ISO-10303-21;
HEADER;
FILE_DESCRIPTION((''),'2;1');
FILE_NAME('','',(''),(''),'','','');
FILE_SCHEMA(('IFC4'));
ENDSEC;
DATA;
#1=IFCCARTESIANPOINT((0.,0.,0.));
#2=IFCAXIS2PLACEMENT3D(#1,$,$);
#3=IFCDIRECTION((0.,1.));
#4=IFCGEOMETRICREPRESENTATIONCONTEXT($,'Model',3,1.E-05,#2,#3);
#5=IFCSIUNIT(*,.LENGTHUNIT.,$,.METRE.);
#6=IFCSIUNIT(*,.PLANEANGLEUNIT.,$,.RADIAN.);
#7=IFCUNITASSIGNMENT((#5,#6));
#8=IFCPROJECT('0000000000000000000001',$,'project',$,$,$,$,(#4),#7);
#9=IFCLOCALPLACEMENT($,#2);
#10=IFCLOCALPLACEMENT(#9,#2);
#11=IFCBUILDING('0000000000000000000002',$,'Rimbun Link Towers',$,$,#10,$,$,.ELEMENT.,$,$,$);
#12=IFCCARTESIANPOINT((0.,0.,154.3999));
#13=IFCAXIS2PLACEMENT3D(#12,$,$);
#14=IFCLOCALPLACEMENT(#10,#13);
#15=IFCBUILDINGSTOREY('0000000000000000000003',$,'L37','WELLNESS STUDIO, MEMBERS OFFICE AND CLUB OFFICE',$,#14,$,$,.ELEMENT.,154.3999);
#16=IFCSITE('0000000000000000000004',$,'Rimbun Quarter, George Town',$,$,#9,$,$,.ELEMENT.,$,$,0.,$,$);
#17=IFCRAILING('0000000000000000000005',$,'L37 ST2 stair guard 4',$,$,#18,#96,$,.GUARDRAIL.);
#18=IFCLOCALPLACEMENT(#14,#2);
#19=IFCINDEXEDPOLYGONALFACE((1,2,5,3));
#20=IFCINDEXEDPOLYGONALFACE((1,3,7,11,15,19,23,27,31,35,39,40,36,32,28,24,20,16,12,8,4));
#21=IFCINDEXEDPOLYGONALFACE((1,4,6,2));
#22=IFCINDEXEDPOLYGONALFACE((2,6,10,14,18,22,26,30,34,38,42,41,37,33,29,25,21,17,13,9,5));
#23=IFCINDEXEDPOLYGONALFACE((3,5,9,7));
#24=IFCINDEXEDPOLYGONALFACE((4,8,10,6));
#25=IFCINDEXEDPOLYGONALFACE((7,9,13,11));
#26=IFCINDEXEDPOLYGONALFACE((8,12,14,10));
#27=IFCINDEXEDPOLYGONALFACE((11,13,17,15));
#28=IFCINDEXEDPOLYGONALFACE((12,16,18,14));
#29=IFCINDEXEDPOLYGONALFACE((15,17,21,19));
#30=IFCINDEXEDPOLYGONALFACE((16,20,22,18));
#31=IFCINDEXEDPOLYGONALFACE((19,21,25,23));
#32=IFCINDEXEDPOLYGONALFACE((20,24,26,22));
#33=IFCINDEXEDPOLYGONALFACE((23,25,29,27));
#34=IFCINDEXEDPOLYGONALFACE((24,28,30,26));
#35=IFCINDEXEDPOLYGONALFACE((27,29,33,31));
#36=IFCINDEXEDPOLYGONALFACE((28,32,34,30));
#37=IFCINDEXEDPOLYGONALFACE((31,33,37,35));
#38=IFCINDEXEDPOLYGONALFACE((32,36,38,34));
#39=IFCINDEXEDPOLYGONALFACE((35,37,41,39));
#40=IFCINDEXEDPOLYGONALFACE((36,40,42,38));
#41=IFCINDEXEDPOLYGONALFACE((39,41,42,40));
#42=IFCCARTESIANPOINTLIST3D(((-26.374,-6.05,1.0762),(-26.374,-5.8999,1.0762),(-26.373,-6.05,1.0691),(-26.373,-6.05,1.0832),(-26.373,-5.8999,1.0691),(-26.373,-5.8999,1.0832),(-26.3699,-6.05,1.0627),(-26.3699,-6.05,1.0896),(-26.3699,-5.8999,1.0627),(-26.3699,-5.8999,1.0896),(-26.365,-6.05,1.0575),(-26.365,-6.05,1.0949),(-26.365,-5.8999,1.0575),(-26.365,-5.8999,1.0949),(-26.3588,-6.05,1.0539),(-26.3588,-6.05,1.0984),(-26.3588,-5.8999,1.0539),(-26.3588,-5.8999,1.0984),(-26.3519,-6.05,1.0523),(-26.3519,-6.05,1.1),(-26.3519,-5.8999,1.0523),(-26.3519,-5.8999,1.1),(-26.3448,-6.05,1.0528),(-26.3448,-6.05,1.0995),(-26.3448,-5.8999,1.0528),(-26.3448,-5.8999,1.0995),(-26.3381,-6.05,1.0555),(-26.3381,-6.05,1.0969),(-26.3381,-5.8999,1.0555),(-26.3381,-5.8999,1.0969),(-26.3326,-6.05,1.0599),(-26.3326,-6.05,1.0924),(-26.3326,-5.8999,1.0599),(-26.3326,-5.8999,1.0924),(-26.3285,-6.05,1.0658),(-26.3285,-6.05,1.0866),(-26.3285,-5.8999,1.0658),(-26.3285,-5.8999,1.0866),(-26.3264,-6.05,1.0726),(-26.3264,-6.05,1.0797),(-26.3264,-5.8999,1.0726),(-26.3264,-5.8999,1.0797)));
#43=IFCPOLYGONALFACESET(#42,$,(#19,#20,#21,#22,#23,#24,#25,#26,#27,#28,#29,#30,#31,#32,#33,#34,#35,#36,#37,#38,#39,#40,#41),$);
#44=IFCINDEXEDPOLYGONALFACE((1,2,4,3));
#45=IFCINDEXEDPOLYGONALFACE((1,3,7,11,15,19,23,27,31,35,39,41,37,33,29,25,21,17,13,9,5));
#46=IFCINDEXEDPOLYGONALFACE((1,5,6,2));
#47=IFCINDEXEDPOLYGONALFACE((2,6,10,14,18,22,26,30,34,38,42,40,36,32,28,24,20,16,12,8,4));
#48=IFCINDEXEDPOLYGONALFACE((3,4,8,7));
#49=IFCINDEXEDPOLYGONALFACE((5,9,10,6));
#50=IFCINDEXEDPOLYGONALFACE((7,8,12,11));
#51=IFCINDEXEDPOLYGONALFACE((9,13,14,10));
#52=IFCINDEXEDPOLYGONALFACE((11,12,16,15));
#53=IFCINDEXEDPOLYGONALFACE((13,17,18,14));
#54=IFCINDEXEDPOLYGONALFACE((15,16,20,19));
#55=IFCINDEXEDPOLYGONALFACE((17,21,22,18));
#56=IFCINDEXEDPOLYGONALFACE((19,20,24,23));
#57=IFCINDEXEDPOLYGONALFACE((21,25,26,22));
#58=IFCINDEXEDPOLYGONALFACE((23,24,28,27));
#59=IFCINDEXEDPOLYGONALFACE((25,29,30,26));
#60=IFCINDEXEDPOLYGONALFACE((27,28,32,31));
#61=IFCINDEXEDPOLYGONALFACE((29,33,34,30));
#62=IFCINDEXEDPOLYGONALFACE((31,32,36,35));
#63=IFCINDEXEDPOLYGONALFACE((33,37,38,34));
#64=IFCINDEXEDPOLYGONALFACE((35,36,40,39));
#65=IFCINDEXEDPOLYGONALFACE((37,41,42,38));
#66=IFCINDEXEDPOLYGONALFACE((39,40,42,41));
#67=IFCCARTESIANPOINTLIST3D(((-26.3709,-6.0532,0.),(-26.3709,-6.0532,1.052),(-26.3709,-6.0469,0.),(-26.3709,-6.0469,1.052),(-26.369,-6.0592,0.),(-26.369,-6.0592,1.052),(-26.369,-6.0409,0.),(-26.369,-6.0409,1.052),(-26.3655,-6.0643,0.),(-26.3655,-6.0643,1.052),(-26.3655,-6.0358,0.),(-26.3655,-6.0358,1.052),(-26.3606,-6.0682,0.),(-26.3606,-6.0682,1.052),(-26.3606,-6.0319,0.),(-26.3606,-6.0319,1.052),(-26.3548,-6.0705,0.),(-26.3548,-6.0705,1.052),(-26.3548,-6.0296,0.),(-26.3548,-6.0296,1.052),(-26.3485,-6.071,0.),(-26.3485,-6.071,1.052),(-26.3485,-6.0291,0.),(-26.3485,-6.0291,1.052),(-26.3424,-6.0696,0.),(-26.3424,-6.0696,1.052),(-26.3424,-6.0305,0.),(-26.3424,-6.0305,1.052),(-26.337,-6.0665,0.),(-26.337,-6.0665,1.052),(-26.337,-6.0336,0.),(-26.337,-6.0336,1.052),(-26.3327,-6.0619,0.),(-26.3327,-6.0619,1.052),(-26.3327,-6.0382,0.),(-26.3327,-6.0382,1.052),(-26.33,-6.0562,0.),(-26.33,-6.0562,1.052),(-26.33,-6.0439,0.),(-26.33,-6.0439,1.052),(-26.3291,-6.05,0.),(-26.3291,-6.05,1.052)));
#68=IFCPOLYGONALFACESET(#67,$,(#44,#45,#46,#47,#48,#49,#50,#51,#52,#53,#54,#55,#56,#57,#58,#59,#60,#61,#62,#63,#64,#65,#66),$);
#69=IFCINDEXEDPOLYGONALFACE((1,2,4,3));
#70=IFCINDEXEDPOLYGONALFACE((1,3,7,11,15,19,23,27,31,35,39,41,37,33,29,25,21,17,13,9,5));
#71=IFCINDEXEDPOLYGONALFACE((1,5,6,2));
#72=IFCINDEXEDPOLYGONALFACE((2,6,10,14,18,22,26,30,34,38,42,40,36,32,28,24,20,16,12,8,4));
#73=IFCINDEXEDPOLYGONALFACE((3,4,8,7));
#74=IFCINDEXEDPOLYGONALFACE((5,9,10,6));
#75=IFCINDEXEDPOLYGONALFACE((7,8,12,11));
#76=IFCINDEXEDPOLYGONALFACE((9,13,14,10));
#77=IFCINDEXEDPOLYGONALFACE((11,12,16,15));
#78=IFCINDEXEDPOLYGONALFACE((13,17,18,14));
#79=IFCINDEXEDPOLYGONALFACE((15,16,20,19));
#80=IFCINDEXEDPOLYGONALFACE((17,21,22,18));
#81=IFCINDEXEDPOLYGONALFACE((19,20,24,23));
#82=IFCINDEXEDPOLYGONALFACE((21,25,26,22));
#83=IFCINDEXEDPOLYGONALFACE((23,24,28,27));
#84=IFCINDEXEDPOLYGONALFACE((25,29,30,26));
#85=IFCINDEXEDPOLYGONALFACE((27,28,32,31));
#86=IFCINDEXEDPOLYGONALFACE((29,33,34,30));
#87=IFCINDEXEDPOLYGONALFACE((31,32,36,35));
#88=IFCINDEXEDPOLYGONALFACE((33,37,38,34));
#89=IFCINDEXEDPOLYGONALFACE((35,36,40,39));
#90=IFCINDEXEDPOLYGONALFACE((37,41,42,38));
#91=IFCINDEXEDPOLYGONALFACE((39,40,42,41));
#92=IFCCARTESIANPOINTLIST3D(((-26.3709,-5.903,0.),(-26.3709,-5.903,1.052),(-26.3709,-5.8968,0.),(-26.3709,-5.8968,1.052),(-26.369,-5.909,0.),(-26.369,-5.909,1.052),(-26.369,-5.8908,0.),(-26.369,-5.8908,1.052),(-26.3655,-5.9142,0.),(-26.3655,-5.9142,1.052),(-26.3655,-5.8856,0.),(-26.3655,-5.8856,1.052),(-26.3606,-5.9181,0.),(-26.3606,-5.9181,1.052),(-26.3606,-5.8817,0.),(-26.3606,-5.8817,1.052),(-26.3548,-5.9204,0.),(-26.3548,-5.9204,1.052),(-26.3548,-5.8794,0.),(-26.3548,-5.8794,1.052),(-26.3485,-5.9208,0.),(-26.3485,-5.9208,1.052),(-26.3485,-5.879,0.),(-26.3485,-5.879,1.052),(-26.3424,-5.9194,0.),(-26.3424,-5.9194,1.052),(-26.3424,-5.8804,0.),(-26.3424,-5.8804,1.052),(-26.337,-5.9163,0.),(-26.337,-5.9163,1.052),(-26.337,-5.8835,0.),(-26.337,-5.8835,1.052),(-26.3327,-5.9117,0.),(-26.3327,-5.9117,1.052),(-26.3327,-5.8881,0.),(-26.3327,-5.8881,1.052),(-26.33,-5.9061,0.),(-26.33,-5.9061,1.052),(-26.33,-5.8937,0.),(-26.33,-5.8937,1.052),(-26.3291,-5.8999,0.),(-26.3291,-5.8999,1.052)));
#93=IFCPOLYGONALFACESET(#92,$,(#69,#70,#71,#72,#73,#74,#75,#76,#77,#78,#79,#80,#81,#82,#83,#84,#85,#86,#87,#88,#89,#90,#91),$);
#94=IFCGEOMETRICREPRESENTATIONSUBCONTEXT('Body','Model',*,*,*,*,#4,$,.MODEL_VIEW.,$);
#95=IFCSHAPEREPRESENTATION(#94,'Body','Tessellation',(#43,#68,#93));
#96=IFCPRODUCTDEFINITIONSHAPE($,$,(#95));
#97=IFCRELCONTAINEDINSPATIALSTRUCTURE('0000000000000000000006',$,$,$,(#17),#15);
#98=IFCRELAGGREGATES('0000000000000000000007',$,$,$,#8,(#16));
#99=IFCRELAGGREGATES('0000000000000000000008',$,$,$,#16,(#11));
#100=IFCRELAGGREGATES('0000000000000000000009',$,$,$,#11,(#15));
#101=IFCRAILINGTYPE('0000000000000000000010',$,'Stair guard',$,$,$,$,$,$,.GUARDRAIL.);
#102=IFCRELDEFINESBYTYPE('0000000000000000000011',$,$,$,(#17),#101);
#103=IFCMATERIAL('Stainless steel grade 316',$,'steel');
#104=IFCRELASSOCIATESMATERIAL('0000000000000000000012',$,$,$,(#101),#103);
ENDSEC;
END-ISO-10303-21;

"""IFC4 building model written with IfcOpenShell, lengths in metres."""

from ifc_helpers import new_model, si_unit, direction, frame, origin, origin_2d, place, context, subcontext, project, spatial, circle, extrude, material, type_object, element, save


model = new_model("IFC4")

# Units and contexts
model_context = context("Model", 3, precision=1e-05, world=origin(), true_north=direction((0.0, 1.0)))
body_context = subcontext(model_context, "Body", "Model", "MODEL_VIEW")
ifc_project = project(units=[si_unit("LENGTHUNIT", "METRE"), si_unit("PLANEANGLEUNIT", "RADIAN")], contexts=[model_context])

# Site, building, storey
site_placement = place(None, origin())
site = spatial("IfcSite", under=ifc_project, at=site_placement, Name="Rimbun Quarter, George Town", CompositionType="ELEMENT", RefElevation=0.0)
building_placement = place(site_placement, origin())
building = spatial("IfcBuilding", under=site, at=building_placement, Name="Rimbun Link Towers", CompositionType="ELEMENT")
storey_placement = place(building_placement, frame((0.0, 0.0, 154.3999)))
storey = spatial("IfcBuildingStorey", under=building, at=storey_placement, Name="L37", Description="WELLNESS STUDIO, MEMBERS OFFICE AND CLUB OFFICE", CompositionType="ELEMENT", Elevation=154.3999)

# Railing
ifc_material_1 = material(Name="Stainless steel grade 316", Category="steel")
railing_type_1 = type_object("IfcRailingType", Name="Stair guard", PredefinedType="GUARDRAIL", material=ifc_material_1)
railing_1_placement = place(storey_placement, frame((-26.3501, -6.05, 0.0)))
element("IfcRailing", 1, at=railing_1_placement, inside=storey, type_object=railing_type_1, Name="L37 ST2 stair guard 4", PredefinedType="GUARDRAIL", context=body_context, shape_type="SweptSolid", body=[
    extrude(circle(Radius=0.0239, at=origin_2d()), frame((0.0, 0.0, 1.0762), z_axis=(0.0, 1.0, 0.0), x_axis=(-1.0, 0.0, 0.0)), (0.0, 0.0, 1.0), 0.1501),
    extrude(circle(Radius=0.021, at=origin_2d()), origin(), (0.0, 0.0, 1.0), 1.052),
    extrude(circle(Radius=0.021, at=origin_2d()), frame((0.0, 0.1501, 0.0)), (0.0, 0.0, 1.0), 1.052),
])

save(model, "model.ifc")
